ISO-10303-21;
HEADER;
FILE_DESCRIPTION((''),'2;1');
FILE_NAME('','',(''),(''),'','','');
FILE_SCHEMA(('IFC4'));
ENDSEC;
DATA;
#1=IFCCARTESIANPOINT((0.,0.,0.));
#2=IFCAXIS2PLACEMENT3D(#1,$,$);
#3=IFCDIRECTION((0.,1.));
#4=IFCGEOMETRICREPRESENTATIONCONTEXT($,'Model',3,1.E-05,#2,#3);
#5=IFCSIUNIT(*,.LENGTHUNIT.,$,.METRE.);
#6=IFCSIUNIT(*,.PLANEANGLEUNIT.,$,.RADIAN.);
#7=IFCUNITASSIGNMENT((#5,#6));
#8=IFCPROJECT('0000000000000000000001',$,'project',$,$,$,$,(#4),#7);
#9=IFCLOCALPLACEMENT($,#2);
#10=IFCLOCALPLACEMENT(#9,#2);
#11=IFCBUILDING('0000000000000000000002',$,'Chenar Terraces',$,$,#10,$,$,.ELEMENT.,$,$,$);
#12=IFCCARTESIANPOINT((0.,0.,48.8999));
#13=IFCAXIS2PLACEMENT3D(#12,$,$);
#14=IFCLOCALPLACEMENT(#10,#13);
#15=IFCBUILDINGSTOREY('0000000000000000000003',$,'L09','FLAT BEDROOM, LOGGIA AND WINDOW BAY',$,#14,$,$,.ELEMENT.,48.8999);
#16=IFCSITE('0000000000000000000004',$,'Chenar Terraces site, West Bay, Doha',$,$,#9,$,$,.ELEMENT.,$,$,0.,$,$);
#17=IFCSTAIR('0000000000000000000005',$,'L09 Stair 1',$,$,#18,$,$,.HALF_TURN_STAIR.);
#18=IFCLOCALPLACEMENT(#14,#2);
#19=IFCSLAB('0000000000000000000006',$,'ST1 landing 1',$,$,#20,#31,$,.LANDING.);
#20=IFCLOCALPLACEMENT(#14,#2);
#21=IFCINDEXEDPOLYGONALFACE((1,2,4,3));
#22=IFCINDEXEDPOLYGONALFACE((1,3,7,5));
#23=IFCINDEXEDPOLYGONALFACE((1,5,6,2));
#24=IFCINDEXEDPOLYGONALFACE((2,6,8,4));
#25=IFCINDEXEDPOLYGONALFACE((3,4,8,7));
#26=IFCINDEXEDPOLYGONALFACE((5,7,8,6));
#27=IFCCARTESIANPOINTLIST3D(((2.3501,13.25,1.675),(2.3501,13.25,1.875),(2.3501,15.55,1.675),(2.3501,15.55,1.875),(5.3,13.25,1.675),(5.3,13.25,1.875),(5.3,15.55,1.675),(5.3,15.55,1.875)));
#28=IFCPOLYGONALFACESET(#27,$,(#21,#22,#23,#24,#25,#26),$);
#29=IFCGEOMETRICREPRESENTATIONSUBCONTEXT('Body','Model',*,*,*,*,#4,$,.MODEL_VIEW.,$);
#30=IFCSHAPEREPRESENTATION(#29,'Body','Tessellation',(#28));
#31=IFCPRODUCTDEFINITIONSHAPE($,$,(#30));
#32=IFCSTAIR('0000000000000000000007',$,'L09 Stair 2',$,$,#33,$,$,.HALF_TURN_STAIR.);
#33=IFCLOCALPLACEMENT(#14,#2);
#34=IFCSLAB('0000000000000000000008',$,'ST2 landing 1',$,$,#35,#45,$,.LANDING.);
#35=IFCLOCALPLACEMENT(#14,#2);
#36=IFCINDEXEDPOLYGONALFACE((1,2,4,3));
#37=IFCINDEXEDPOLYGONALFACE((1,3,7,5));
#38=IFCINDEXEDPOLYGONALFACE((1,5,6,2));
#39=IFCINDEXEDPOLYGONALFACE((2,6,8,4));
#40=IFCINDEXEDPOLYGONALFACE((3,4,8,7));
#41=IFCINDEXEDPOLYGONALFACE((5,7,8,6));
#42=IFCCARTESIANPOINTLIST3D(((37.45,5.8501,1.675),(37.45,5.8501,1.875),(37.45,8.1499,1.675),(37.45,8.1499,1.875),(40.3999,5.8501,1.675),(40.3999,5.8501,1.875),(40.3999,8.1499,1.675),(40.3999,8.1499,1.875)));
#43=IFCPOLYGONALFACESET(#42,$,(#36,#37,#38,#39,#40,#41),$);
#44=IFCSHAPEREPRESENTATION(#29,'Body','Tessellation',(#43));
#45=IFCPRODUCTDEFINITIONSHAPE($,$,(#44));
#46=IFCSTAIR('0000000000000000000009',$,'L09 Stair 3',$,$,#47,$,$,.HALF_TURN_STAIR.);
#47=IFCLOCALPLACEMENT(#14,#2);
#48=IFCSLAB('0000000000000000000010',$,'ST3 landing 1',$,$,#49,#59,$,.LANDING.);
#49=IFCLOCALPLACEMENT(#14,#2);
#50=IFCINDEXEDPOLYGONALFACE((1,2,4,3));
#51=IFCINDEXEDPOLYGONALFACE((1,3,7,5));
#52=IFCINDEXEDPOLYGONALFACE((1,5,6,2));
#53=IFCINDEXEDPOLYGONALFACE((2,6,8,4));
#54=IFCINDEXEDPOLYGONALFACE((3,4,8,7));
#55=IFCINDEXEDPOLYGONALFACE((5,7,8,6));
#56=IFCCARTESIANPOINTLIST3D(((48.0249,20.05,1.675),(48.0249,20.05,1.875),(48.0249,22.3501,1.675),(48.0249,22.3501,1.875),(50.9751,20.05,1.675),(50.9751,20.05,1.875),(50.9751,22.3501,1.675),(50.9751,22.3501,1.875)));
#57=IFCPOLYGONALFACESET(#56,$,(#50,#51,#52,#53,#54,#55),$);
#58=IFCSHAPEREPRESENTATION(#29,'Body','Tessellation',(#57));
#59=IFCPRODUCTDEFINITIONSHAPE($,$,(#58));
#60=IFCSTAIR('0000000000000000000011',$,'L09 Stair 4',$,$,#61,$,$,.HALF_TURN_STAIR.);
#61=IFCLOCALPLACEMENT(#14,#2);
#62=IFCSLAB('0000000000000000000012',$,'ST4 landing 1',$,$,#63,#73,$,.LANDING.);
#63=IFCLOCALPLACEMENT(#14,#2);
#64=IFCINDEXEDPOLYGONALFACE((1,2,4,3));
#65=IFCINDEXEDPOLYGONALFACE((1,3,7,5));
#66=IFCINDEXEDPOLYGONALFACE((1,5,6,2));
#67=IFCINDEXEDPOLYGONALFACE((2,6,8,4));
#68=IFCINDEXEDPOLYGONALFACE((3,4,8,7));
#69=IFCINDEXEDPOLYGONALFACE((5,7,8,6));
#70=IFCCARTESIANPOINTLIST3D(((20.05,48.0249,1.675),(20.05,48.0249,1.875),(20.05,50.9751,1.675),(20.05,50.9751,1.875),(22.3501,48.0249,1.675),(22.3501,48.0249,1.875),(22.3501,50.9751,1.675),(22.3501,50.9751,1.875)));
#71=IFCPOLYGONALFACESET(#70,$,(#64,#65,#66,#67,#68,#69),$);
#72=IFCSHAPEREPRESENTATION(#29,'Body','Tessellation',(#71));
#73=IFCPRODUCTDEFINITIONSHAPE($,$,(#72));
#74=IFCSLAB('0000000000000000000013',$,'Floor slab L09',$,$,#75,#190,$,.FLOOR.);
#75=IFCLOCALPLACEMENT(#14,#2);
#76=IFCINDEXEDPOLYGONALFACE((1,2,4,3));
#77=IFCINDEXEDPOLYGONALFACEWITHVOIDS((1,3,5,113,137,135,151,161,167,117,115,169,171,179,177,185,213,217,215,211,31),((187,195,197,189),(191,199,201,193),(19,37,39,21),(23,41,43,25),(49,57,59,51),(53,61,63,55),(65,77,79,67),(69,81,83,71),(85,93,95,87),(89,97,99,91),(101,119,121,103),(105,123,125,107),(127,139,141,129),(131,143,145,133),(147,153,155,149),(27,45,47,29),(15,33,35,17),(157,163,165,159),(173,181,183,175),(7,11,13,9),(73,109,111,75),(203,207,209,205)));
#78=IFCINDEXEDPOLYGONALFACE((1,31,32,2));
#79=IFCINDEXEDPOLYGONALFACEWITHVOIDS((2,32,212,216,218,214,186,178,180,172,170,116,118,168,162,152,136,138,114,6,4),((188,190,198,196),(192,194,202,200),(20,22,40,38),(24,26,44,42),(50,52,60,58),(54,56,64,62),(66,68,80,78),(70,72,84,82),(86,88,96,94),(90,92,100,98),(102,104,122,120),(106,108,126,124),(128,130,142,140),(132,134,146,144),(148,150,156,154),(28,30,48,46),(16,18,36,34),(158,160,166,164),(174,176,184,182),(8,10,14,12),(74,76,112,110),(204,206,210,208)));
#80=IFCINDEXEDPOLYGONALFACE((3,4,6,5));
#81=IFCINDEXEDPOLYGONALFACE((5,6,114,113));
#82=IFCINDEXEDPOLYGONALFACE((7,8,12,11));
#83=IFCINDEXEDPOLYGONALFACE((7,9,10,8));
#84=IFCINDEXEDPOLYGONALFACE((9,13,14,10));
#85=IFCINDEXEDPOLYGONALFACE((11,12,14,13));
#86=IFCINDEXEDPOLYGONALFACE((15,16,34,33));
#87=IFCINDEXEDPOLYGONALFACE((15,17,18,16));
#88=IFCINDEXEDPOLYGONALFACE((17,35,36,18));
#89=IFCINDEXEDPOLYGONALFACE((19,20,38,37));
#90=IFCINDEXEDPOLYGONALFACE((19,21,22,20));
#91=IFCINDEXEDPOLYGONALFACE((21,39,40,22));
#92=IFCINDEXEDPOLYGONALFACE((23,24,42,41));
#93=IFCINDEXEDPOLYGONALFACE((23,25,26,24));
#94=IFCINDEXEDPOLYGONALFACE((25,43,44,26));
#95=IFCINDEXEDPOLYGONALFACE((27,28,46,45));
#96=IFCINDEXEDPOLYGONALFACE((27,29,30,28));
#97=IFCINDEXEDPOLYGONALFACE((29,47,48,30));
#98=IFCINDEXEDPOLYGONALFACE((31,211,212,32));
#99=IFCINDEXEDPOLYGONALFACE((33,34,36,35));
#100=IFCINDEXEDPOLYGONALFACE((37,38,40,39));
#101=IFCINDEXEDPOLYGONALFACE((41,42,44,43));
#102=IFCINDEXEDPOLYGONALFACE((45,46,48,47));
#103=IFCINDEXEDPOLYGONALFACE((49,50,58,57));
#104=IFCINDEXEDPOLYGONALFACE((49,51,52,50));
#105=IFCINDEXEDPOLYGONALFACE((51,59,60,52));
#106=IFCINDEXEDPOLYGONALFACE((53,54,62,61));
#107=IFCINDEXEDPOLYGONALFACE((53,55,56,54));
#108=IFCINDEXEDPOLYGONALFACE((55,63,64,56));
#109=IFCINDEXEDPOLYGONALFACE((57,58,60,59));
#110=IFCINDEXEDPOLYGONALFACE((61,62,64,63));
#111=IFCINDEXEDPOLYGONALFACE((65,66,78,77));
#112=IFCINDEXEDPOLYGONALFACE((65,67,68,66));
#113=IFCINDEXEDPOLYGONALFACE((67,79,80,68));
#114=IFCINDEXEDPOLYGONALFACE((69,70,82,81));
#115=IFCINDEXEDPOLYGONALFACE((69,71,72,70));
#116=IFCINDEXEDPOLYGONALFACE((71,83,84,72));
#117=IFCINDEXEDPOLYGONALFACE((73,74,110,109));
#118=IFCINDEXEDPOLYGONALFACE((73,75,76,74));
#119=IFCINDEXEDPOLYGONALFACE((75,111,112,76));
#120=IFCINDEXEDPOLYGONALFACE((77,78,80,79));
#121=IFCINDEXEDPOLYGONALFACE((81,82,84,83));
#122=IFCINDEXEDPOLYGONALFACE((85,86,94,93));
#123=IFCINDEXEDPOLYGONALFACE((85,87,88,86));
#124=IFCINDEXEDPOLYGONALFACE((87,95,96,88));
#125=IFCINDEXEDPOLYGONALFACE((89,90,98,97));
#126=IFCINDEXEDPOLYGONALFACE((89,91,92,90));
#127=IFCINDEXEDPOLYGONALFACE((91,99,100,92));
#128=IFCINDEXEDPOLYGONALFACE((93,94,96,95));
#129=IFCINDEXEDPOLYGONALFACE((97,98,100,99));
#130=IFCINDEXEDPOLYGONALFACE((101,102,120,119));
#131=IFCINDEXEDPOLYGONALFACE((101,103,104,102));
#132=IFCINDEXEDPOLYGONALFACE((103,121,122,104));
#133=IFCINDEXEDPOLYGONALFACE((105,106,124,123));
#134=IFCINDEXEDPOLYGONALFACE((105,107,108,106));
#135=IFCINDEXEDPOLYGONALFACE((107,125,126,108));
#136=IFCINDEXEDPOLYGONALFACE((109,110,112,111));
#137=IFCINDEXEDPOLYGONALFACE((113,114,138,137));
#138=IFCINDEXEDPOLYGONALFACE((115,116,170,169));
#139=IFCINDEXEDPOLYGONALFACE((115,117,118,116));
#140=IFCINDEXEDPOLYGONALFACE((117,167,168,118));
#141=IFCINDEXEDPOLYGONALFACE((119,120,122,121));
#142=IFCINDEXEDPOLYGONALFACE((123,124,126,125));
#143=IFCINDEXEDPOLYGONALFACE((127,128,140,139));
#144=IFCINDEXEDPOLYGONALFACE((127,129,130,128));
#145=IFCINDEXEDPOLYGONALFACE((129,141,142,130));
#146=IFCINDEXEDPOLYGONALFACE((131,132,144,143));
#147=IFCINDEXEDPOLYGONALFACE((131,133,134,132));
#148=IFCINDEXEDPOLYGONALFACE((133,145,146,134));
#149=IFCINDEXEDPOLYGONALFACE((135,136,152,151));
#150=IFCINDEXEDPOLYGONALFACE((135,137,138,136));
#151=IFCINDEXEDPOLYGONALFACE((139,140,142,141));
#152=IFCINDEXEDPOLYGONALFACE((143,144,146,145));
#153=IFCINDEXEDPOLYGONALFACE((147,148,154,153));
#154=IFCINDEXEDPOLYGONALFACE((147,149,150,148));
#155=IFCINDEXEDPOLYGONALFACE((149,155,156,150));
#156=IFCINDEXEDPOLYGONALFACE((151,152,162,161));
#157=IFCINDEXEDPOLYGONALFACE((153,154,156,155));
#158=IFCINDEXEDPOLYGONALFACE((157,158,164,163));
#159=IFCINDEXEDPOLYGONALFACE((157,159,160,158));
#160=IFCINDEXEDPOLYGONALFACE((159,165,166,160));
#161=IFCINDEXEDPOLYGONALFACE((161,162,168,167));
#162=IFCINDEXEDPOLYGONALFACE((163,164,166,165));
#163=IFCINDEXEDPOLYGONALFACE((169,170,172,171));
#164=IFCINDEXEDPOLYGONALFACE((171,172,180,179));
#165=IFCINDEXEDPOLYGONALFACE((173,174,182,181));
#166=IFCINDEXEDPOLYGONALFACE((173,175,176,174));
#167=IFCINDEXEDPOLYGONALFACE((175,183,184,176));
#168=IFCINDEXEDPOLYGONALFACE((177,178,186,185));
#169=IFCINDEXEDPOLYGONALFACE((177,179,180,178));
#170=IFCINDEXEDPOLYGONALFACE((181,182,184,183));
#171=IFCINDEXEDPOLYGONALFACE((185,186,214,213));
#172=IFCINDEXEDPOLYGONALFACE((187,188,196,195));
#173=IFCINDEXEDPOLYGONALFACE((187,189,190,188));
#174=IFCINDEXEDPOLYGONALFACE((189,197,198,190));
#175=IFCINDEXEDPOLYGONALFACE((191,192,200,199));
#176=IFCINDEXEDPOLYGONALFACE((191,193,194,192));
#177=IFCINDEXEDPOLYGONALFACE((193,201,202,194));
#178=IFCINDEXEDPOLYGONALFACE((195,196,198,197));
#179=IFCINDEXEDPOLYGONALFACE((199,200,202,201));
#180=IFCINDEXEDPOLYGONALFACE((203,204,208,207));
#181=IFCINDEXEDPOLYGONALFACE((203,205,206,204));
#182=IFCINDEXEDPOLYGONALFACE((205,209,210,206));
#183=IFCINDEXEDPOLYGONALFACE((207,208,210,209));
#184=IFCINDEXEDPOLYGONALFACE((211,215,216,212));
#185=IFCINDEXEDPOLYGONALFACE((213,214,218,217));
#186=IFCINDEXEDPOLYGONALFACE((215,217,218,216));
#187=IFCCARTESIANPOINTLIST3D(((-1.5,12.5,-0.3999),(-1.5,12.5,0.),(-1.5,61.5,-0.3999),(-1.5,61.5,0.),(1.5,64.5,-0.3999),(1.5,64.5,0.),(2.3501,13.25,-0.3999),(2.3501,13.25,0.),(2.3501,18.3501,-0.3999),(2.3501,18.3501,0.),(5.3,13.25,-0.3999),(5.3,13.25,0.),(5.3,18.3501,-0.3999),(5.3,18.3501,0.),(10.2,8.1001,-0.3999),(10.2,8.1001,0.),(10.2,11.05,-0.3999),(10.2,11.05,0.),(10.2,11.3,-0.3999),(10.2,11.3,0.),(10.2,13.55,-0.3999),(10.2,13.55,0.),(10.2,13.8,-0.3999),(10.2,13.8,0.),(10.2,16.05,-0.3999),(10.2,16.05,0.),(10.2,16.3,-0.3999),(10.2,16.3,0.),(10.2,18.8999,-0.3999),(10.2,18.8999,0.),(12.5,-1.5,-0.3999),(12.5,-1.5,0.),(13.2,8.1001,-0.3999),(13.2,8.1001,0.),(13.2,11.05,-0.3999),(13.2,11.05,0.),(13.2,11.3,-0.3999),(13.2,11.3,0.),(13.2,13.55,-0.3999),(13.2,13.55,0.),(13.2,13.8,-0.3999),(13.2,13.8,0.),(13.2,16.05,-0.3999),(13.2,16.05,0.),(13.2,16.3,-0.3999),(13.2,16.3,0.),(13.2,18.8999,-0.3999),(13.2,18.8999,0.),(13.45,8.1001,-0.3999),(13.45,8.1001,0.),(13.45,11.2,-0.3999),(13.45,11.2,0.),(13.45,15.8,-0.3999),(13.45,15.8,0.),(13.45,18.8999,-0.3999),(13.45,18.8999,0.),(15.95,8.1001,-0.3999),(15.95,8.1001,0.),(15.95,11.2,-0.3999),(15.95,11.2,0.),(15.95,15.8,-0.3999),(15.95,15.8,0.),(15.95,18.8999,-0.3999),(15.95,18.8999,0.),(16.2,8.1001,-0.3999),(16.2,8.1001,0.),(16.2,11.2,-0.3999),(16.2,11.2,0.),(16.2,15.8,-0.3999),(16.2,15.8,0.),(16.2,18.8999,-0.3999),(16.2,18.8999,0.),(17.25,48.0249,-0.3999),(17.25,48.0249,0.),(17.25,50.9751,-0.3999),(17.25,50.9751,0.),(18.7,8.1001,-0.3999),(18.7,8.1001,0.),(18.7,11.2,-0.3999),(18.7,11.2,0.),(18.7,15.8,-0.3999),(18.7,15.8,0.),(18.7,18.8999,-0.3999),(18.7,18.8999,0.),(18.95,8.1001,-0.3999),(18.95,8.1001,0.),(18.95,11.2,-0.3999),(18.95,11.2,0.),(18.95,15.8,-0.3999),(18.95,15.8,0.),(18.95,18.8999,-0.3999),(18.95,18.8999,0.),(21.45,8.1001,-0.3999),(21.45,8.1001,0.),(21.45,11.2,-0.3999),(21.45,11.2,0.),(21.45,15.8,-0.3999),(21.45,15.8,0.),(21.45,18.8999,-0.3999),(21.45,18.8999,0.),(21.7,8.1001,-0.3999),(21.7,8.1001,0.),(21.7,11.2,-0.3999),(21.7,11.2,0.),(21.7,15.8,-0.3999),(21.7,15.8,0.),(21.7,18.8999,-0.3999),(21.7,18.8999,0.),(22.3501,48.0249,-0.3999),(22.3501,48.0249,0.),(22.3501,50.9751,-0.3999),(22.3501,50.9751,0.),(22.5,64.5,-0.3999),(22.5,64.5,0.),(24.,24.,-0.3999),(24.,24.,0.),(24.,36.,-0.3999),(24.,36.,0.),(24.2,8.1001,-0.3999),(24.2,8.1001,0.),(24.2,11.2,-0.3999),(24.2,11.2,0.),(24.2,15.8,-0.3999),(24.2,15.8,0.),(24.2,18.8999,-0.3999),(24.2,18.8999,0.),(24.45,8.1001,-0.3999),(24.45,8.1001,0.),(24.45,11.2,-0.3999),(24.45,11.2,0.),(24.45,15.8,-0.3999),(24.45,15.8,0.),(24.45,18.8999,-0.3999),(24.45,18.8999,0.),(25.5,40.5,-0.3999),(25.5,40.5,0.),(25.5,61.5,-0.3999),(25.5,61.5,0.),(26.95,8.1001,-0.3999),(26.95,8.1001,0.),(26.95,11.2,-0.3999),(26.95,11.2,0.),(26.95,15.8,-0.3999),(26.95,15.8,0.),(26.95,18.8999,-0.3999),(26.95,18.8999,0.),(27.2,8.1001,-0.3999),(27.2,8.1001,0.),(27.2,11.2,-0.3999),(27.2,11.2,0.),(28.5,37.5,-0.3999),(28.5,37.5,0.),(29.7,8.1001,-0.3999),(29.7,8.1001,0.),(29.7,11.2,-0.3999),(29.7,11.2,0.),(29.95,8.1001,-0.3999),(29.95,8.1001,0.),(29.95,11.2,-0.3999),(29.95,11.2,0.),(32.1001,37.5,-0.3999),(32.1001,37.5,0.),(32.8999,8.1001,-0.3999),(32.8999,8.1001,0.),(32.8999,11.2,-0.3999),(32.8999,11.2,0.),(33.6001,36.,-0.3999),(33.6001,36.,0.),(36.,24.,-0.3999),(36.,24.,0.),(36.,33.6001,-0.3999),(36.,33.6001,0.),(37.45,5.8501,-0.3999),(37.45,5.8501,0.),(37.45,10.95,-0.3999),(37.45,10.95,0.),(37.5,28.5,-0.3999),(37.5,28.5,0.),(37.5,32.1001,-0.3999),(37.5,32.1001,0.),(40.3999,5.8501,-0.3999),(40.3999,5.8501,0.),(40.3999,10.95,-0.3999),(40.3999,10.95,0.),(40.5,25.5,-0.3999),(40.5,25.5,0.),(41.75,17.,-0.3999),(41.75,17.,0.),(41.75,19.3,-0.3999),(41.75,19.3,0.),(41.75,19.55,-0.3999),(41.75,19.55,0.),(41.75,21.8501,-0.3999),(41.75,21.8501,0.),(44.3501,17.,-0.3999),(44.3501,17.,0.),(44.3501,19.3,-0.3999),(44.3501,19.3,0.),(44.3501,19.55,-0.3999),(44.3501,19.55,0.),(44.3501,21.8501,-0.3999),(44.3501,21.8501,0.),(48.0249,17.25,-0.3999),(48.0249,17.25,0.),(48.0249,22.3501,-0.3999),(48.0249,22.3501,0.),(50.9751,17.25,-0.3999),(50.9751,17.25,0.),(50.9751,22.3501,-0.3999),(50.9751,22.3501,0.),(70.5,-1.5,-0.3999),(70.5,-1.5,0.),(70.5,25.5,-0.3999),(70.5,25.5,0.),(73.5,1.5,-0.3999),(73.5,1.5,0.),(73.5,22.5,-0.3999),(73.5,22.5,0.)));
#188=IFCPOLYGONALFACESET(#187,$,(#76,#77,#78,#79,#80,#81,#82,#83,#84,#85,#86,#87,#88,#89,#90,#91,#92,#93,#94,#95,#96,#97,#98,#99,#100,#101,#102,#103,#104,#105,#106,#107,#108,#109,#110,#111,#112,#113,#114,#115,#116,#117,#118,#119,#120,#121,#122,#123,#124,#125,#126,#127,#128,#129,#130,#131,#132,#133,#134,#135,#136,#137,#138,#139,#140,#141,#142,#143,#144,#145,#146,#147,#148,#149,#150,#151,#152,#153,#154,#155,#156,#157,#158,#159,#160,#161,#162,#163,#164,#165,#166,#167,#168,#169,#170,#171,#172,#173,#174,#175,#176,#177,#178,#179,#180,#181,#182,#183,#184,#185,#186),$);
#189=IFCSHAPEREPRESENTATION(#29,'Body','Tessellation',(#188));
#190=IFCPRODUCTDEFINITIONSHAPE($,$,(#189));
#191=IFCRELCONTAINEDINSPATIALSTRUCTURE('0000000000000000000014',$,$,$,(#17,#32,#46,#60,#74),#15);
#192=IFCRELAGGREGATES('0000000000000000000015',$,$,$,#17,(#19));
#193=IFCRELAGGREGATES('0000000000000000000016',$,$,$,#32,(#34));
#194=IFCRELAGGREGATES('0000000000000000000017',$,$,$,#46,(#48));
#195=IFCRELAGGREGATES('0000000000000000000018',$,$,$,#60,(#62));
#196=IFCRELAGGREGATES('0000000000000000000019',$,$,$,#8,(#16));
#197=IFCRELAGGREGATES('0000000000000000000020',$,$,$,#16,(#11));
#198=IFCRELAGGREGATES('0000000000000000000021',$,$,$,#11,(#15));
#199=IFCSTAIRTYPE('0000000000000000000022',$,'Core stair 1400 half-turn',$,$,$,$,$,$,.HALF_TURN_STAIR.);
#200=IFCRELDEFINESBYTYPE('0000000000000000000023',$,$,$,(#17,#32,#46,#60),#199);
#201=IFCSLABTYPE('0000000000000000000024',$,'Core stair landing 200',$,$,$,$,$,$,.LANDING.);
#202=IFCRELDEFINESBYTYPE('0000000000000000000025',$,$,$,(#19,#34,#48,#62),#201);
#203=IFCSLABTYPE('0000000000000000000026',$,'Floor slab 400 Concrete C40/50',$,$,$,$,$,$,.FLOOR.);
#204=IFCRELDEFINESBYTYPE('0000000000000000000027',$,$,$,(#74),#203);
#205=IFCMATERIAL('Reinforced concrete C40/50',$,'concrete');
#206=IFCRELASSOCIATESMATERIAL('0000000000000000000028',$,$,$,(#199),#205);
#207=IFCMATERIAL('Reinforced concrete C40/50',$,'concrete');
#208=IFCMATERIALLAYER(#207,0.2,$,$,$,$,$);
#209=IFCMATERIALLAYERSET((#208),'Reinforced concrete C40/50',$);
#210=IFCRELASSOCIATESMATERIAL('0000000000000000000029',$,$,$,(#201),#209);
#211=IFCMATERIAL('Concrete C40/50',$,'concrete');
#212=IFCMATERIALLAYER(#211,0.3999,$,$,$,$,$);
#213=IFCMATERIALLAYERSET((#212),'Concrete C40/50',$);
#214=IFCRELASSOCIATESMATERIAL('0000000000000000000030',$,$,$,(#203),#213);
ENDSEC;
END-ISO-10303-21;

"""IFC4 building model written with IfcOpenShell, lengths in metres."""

from ifc_helpers import new_model, si_unit, direction, frame, origin, place, context, subcontext, project, spatial, polyline, outline, extrude, material, layer, layer_set, type_object, element, aggregate, save


model = new_model("IFC4")

# Units and contexts
model_context = context("Model", 3, precision=1e-05, world=origin(), true_north=direction((0.0, 1.0)))
body_context = subcontext(model_context, "Body", "Model", "MODEL_VIEW")
ifc_project = project(units=[si_unit("LENGTHUNIT", "METRE"), si_unit("PLANEANGLEUNIT", "RADIAN")], contexts=[model_context])

# Site, building, storey
site_placement = place(None, origin())
site = spatial("IfcSite", under=ifc_project, at=site_placement, Name="Chenar Terraces site, West Bay, Doha", CompositionType="ELEMENT", RefElevation=0.0)
building_placement = place(site_placement, origin())
building = spatial("IfcBuilding", under=site, at=building_placement, Name="Chenar Terraces", CompositionType="ELEMENT")
storey_placement = place(building_placement, frame((0.0, 0.0, 48.8999)))
storey = spatial("IfcBuildingStorey", under=building, at=storey_placement, Name="L09", Description="FLAT BEDROOM, LOGGIA AND WINDOW BAY", CompositionType="ELEMENT", Elevation=48.8999)

# Stairs, slabs
ifc_material_1 = material(Name="Reinforced concrete C40/50", Category="concrete")
stair_type = type_object("IfcStairType", Name="Core stair 1400 half-turn", PredefinedType="HALF_TURN_STAIR", material=ifc_material_1)
placement_1 = place(storey_placement, origin())
stair_1 = element("IfcStair", 1, at=placement_1, inside=storey, type_object=stair_type, Name="L09 Stair 1", PredefinedType="HALF_TURN_STAIR")
ifc_material_2 = material(Name="Reinforced concrete C40/50", Category="concrete")
ifc_layer_1 = layer(ifc_material_2, 0.2)
ifc_layer_set_1 = layer_set([ifc_layer_1], Name="Reinforced concrete C40/50")
slab_type_1 = type_object("IfcSlabType", Name="Core stair landing 200", PredefinedType="LANDING", material=ifc_layer_set_1)
placement_2 = place(storey_placement, frame((0.0, 0.0, 1.675)))
slab_1 = element("IfcSlab", 2, at=placement_2, type_object=slab_type_1, Name="ST1 landing 1", PredefinedType="LANDING", context=body_context, shape_type="SweptSolid", body=[
    extrude(outline(polyline([(2.3501, 15.55), (2.3501, 13.25), (5.3, 13.25), (5.3, 15.55), (2.3501, 15.55)])), origin(), (0.0, 0.0, 1.0), 0.2),
])
aggregate(stair_1, [slab_1])
stair_2 = element("IfcStair", 3, at=placement_1, inside=storey, type_object=stair_type, Name="L09 Stair 2", PredefinedType="HALF_TURN_STAIR")
slab_2 = element("IfcSlab", 4, at=placement_2, type_object=slab_type_1, Name="ST2 landing 1", PredefinedType="LANDING", context=body_context, shape_type="SweptSolid", body=[
    extrude(outline(polyline([(37.45, 8.1499), (37.45, 5.8501), (40.3999, 5.8501), (40.3999, 8.1499), (37.45, 8.1499)])), origin(), (0.0, 0.0, 1.0), 0.2),
])
aggregate(stair_2, [slab_2])
stair_3 = element("IfcStair", 5, at=placement_1, inside=storey, type_object=stair_type, Name="L09 Stair 3", PredefinedType="HALF_TURN_STAIR")
slab_3 = element("IfcSlab", 6, at=placement_2, type_object=slab_type_1, Name="ST3 landing 1", PredefinedType="LANDING", context=body_context, shape_type="SweptSolid", body=[
    extrude(outline(polyline([(50.9751, 20.05), (50.9751, 22.3501), (48.0249, 22.3501), (48.0249, 20.05), (50.9751, 20.05)])), origin(), (0.0, 0.0, 1.0), 0.2),
])
aggregate(stair_3, [slab_3])
stair_4 = element("IfcStair", 7, at=placement_1, inside=storey, type_object=stair_type, Name="L09 Stair 4", PredefinedType="HALF_TURN_STAIR")
slab_4 = element("IfcSlab", 8, at=placement_2, type_object=slab_type_1, Name="ST4 landing 1", PredefinedType="LANDING", context=body_context, shape_type="SweptSolid", body=[
    extrude(outline(polyline([(20.05, 48.0249), (22.3501, 48.0249), (22.3501, 50.9751), (20.05, 50.9751), (20.05, 48.0249)])), origin(), (0.0, 0.0, 1.0), 0.2),
])
aggregate(stair_4, [slab_4])

# Slab
ifc_material_3 = material(Name="Concrete C40/50", Category="concrete")
ifc_layer_2 = layer(ifc_material_3, 0.3999)
ifc_layer_set_2 = layer_set([ifc_layer_2], Name="Concrete C40/50")
slab_type_2 = type_object("IfcSlabType", Name="Floor slab 400 Concrete C40/50", PredefinedType="FLOOR", material=ifc_layer_set_2)
slab_5_placement = place(storey_placement, frame((0.0, 0.0, -0.3999)))
element("IfcSlab", 9, at=slab_5_placement, inside=storey, type_object=slab_type_2, Name="Floor slab L09", PredefinedType="FLOOR", context=body_context, shape_type="SweptSolid", body=[
    extrude(outline(polyline([(73.5, 22.5), (73.5, 1.5), (70.5, -1.5), (12.5, -1.5), (-1.5, 12.5), (-1.5, 61.5), (1.5, 64.5), (22.5, 64.5), (25.5, 61.5), (25.5, 40.5), (28.5, 37.5), (32.1001, 37.5), (33.6001, 36.0), (24.0, 36.0), (24.0, 24.0), (36.0, 24.0), (36.0, 33.6001), (37.5, 32.1001), (37.5, 28.5), (40.5, 25.5), (70.5, 25.5), (73.5, 22.5)]), holes=[polyline([(13.2, 11.05), (10.2, 11.05), (10.2, 8.1001), (13.2, 8.1001), (13.2, 11.05)]), polyline([(15.95, 11.2), (13.45, 11.2), (13.45, 8.1001), (15.95, 8.1001), (15.95, 11.2)]), polyline([(18.7, 11.2), (16.2, 11.2), (16.2, 8.1001), (18.7, 8.1001), (18.7, 11.2)]), polyline([(21.45, 8.1001), (21.45, 11.2), (18.95, 11.2), (18.95, 8.1001), (21.45, 8.1001)]), polyline([(13.2, 11.3), (13.2, 13.55), (10.2, 13.55), (10.2, 11.3), (13.2, 11.3)]), polyline([(13.2, 16.05), (10.2, 16.05), (10.2, 13.8), (13.2, 13.8), (13.2, 16.05)]), polyline([(2.3501, 18.3501), (2.3501, 13.25), (5.3, 13.25), (5.3, 18.3501), (2.3501, 18.3501)]), polyline([(15.95, 15.8), (15.95, 18.8999), (13.45, 18.8999), (13.45, 15.8), (15.95, 15.8)]), polyline([(18.7, 18.8999), (16.2, 18.8999), (16.2, 15.8), (18.7, 15.8), (18.7, 18.8999)]), polyline([(21.45, 15.8), (21.45, 18.8999), (18.95, 18.8999), (18.95, 15.8), (21.45, 15.8)]), polyline([(13.2, 16.3), (13.2, 18.8999), (10.2, 18.8999), (10.2, 16.3), (13.2, 16.3)]), polyline([(22.3501, 48.0249), (22.3501, 50.9751), (17.25, 50.9751), (17.25, 48.0249), (22.3501, 48.0249)]), polyline([(37.45, 10.95), (37.45, 5.8501), (40.3999, 5.8501), (40.3999, 10.95), (37.45, 10.95)]), polyline([(24.2, 8.1001), (24.2, 11.2), (21.7, 11.2), (21.7, 8.1001), (24.2, 8.1001)]), polyline([(26.95, 11.2), (24.45, 11.2), (24.45, 8.1001), (26.95, 8.1001), (26.95, 11.2)]), polyline([(29.7, 8.1001), (29.7, 11.2), (27.2, 11.2), (27.2, 8.1001), (29.7, 8.1001)]), polyline([(32.8999, 8.1001), (32.8999, 11.2), (29.95, 11.2), (29.95, 8.1001), (32.8999, 8.1001)]), polyline([(24.2, 18.8999), (21.7, 18.8999), (21.7, 15.8), (24.2, 15.8), (24.2, 18.8999)]), polyline([(26.95, 15.8), (26.95, 18.8999), (24.45, 18.8999), (24.45, 15.8), (26.95, 15.8)]), polyline([(44.3501, 17.0), (44.3501, 19.3), (41.75, 19.3), (41.75, 17.0), (44.3501, 17.0)]), polyline([(50.9751, 22.3501), (48.0249, 22.3501), (48.0249, 17.25), (50.9751, 17.25), (50.9751, 22.3501)]), polyline([(44.3501, 19.55), (44.3501, 21.8501), (41.75, 21.8501), (41.75, 19.55), (44.3501, 19.55)])]), origin(), (0.0, 0.0, 1.0), 0.3999),
])

save(model, "model.ifc")
